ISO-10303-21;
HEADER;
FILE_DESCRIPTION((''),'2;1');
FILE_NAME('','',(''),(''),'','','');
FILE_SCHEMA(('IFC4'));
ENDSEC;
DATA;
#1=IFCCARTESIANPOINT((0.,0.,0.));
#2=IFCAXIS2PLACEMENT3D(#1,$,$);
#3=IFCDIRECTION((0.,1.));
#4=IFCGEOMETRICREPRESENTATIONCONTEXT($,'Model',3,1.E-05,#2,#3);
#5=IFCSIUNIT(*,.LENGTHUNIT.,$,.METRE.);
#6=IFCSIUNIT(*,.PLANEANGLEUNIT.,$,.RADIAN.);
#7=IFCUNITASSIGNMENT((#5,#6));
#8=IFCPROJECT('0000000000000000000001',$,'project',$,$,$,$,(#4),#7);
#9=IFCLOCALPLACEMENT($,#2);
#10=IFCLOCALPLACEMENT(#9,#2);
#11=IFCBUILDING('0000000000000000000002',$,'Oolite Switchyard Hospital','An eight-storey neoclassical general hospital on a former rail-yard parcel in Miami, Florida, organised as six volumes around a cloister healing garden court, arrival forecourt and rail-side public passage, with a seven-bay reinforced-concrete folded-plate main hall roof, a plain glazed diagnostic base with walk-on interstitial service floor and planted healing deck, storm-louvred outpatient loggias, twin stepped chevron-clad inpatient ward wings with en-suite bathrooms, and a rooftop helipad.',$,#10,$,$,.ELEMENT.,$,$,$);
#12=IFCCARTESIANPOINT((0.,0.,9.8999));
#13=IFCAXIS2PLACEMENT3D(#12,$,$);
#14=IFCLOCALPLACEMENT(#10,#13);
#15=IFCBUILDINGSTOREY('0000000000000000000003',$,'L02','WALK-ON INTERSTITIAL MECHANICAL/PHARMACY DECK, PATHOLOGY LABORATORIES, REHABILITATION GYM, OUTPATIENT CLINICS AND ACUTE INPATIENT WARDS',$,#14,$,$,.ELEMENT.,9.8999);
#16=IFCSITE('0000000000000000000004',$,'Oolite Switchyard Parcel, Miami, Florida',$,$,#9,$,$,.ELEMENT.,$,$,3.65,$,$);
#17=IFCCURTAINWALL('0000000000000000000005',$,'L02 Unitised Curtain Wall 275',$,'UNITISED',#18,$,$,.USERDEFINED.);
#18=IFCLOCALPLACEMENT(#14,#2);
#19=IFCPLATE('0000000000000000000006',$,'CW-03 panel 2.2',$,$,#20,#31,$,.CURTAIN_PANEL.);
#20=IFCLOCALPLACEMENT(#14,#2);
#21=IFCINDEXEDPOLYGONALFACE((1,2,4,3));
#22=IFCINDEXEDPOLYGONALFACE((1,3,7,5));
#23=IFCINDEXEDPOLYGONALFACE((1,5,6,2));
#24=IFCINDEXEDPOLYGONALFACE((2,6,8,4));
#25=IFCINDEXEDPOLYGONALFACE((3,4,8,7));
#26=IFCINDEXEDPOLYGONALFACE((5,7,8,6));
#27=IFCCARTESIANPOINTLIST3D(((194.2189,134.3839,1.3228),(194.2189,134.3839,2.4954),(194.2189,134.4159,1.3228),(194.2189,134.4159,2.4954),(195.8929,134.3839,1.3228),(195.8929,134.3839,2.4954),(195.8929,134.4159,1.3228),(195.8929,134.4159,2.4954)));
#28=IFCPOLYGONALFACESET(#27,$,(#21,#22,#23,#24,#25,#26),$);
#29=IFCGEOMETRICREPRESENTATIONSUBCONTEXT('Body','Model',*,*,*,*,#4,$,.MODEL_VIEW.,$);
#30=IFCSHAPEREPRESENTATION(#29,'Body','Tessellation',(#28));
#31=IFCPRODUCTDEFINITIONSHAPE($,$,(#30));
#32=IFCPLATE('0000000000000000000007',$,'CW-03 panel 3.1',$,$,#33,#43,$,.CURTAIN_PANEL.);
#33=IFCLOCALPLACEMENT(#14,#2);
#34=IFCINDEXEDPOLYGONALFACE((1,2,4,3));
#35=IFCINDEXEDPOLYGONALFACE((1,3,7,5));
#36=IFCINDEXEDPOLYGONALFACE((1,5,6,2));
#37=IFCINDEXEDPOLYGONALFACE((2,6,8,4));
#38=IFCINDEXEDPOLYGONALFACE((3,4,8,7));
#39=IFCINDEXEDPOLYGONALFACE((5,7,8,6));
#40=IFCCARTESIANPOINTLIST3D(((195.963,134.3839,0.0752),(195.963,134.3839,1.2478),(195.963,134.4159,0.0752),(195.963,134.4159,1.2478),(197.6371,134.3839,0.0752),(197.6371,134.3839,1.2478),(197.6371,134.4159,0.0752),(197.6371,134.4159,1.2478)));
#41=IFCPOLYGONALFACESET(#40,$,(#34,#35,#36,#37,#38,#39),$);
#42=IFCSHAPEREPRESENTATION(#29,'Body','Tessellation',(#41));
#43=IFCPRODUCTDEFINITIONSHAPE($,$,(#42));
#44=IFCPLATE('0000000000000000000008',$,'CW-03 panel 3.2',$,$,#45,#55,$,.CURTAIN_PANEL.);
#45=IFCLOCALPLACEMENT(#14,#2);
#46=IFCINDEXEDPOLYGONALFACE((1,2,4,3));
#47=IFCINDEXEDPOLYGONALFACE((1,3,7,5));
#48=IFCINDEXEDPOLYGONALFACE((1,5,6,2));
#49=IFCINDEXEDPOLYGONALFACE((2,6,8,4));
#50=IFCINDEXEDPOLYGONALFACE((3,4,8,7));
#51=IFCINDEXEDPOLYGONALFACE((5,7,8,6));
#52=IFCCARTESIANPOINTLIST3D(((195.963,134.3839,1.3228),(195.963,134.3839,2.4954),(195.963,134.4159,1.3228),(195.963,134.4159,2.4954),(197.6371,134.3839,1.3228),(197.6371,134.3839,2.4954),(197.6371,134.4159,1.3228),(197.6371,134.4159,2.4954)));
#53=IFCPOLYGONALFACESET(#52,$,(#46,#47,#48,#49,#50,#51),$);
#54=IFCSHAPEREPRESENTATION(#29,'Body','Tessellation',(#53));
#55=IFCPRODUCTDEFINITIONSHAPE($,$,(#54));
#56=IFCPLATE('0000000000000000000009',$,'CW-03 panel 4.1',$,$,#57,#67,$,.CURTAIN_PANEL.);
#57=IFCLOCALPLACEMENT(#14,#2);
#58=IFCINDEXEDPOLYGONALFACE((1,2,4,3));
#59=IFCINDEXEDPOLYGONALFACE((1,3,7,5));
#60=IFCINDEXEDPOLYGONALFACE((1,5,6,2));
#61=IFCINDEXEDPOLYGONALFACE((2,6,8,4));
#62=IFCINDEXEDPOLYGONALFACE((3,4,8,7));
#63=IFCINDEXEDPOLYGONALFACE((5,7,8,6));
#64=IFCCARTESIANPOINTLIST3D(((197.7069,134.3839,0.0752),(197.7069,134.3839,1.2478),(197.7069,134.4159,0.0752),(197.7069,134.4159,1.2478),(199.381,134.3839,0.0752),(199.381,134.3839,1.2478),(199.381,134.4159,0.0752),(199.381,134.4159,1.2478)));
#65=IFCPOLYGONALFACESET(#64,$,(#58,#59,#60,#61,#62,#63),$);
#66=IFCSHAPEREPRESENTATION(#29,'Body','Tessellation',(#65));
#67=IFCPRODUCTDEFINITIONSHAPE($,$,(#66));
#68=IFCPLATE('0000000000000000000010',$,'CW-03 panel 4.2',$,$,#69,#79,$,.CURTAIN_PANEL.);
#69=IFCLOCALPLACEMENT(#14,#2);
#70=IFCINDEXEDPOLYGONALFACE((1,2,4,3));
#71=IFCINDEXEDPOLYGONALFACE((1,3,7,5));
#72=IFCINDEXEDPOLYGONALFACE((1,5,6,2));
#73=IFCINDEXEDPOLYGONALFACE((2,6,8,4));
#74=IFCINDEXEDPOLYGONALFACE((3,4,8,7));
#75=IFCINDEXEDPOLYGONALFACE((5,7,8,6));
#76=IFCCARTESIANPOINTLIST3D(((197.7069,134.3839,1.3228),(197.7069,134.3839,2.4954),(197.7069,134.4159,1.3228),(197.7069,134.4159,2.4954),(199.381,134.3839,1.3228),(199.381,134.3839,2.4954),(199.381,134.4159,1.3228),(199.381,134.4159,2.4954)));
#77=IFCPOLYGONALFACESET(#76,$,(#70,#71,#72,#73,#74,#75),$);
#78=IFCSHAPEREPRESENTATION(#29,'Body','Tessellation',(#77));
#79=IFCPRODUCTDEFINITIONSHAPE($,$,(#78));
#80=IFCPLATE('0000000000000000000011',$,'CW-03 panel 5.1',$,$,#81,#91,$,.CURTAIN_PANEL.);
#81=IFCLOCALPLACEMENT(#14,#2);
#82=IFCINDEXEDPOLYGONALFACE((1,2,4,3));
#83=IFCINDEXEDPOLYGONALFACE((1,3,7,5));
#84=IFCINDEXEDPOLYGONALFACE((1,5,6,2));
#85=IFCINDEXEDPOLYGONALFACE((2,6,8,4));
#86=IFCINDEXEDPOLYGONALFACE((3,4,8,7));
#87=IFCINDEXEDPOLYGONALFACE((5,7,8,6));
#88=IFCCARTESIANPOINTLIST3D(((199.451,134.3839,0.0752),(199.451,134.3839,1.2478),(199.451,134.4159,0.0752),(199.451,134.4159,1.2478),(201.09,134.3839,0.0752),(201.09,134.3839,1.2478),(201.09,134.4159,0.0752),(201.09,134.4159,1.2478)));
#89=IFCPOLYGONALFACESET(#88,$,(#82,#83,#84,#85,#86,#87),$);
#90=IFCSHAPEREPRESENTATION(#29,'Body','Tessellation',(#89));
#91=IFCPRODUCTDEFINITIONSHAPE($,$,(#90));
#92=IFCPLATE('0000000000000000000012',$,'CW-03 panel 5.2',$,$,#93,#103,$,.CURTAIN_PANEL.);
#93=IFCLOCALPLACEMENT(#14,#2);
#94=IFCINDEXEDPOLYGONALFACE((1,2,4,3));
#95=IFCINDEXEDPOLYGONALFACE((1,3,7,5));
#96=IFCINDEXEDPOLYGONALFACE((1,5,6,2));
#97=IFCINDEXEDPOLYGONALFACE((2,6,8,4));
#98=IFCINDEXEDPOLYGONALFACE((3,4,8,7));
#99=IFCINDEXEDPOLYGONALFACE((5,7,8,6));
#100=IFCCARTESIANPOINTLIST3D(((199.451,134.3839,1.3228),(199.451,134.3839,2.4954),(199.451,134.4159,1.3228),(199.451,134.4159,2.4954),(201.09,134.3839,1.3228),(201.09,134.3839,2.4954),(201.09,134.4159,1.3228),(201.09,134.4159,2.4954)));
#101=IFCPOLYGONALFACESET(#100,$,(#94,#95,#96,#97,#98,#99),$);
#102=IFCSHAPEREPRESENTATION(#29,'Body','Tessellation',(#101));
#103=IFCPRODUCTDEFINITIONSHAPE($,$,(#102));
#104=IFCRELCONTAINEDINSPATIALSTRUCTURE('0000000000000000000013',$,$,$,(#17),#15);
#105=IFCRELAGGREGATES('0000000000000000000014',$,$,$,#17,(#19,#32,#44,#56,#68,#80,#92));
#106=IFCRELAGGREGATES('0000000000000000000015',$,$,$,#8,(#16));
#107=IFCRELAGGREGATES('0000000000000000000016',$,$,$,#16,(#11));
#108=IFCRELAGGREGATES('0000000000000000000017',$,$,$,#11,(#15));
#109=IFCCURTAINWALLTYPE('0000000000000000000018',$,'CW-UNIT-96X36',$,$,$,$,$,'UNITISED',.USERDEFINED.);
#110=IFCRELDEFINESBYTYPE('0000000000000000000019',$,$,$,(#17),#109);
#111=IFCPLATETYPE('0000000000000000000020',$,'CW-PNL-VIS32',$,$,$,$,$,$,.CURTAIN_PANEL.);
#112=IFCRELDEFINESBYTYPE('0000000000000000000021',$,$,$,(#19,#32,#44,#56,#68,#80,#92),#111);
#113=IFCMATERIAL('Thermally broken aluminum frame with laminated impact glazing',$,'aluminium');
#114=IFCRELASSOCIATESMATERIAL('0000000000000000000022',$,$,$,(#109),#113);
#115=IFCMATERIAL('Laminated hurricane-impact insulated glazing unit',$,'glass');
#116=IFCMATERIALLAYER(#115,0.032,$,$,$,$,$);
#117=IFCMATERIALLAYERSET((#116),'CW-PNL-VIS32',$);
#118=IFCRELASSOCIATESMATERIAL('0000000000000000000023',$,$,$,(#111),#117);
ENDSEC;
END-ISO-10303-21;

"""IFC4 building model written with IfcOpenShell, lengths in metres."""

from ifc_helpers import new_model, si_unit, direction, frame, origin, origin_2d, place, context, subcontext, project, spatial, rectangle, extrude, material, layer, layer_set, type_object, element, aggregate, save


model = new_model("IFC4")

# Units and contexts
model_context = context("Model", 3, precision=1e-05, world=origin(), true_north=direction((0.0, 1.0)))
body_context = subcontext(model_context, "Body", "Model", "MODEL_VIEW")
ifc_project = project(units=[si_unit("LENGTHUNIT", "METRE"), si_unit("PLANEANGLEUNIT", "RADIAN")], contexts=[model_context])

# Site, building, storey
site_placement = place(None, origin())
site = spatial("IfcSite", under=ifc_project, at=site_placement, Name="Oolite Switchyard Parcel, Miami, Florida", CompositionType="ELEMENT", RefElevation=3.65)
building_placement = place(site_placement, origin())
building = spatial("IfcBuilding", under=site, at=building_placement, Name="Oolite Switchyard Hospital", Description="An eight-storey neoclassical general hospital on a former rail-yard parcel in Miami, Florida, organised as six volumes around a cloister healing garden court, arrival forecourt and rail-side public passage, with a seven-bay reinforced-concrete folded-plate main hall roof, a plain glazed diagnostic base with walk-on interstitial service floor and planted healing deck, storm-louvred outpatient loggias, twin stepped chevron-clad inpatient ward wings with en-suite bathrooms, and a rooftop helipad.", CompositionType="ELEMENT")
storey_placement = place(building_placement, frame((0.0, 0.0, 9.8999)))
storey = spatial("IfcBuildingStorey", under=building, at=storey_placement, Name="L02", Description="WALK-ON INTERSTITIAL MECHANICAL/PHARMACY DECK, PATHOLOGY LABORATORIES, REHABILITATION GYM, OUTPATIENT CLINICS AND ACUTE INPATIENT WARDS", CompositionType="ELEMENT", Elevation=9.8999)

# Curtain wall, plates
ifc_material_1 = material(Name="Thermally broken aluminum frame with laminated impact glazing", Category="aluminium")
curtain_wall_type = type_object("IfcCurtainWallType", Name="CW-UNIT-96X36", ElementType="UNITISED", PredefinedType="USERDEFINED", material=ifc_material_1)
curtain_wall_placement = place(storey_placement, origin())
curtain_wall = element("IfcCurtainWall", 1, at=curtain_wall_placement, inside=storey, type_object=curtain_wall_type, Name="L02 Unitised Curtain Wall 275", ObjectType="UNITISED", PredefinedType="USERDEFINED")
ifc_material_2 = material(Name="Laminated hurricane-impact insulated glazing unit", Category="glass")
ifc_layer = layer(ifc_material_2, 0.032)
ifc_layer_set = layer_set([ifc_layer], Name="CW-PNL-VIS32")
plate_type = type_object("IfcPlateType", Name="CW-PNL-VIS32", PredefinedType="CURTAIN_PANEL", material=ifc_layer_set)
plate_1_placement = place(storey_placement, frame((195.0559, 134.3999, 1.3228), z_axis=(0.0, 0.0, 1.0), x_axis=(1.0, 0.0, 0.0)))
plate_1 = element("IfcPlate", 2, at=plate_1_placement, type_object=plate_type, Name="CW-03 panel 2.2", PredefinedType="CURTAIN_PANEL", context=body_context, shape_type="SweptSolid", body=[
    extrude(rectangle(XDim=1.6741, YDim=0.032, at=origin_2d()), origin(), (0.0, 0.0, 1.0), 1.1726),
])
plate_2_placement = place(storey_placement, frame((196.8, 134.3999, 0.0752), z_axis=(0.0, 0.0, 1.0), x_axis=(1.0, 0.0, 0.0)))
plate_2 = element("IfcPlate", 3, at=plate_2_placement, type_object=plate_type, Name="CW-03 panel 3.1", PredefinedType="CURTAIN_PANEL", context=body_context, shape_type="SweptSolid", body=[
    extrude(rectangle(XDim=1.6741, YDim=0.032, at=origin_2d()), origin(), (0.0, 0.0, 1.0), 1.1726),
])
plate_3_placement = place(storey_placement, frame((196.8, 134.3999, 1.3228), z_axis=(0.0, 0.0, 1.0), x_axis=(1.0, 0.0, 0.0)))
plate_3 = element("IfcPlate", 4, at=plate_3_placement, type_object=plate_type, Name="CW-03 panel 3.2", PredefinedType="CURTAIN_PANEL", context=body_context, shape_type="SweptSolid", body=[
    extrude(rectangle(XDim=1.6741, YDim=0.032, at=origin_2d()), origin(), (0.0, 0.0, 1.0), 1.1726),
])
plate_4_placement = place(storey_placement, frame((198.5439, 134.3999, 0.0752), z_axis=(0.0, 0.0, 1.0), x_axis=(1.0, 0.0, 0.0)))
plate_4 = element("IfcPlate", 5, at=plate_4_placement, type_object=plate_type, Name="CW-03 panel 4.1", PredefinedType="CURTAIN_PANEL", context=body_context, shape_type="SweptSolid", body=[
    extrude(rectangle(XDim=1.6741, YDim=0.032, at=origin_2d()), origin(), (0.0, 0.0, 1.0), 1.1726),
])
plate_5_placement = place(storey_placement, frame((198.5439, 134.3999, 1.3228), z_axis=(0.0, 0.0, 1.0), x_axis=(1.0, 0.0, 0.0)))
plate_5 = element("IfcPlate", 6, at=plate_5_placement, type_object=plate_type, Name="CW-03 panel 4.2", PredefinedType="CURTAIN_PANEL", context=body_context, shape_type="SweptSolid", body=[
    extrude(rectangle(XDim=1.6741, YDim=0.032, at=origin_2d()), origin(), (0.0, 0.0, 1.0), 1.1726),
])
plate_6_placement = place(storey_placement, frame((200.2705, 134.3999, 0.0752), z_axis=(0.0, 0.0, 1.0), x_axis=(1.0, 0.0, 0.0)))
plate_6 = element("IfcPlate", 7, at=plate_6_placement, type_object=plate_type, Name="CW-03 panel 5.1", PredefinedType="CURTAIN_PANEL", context=body_context, shape_type="SweptSolid", body=[
    extrude(rectangle(XDim=1.6389, YDim=0.032, at=origin_2d()), origin(), (0.0, 0.0, 1.0), 1.1726),
])
plate_7_placement = place(storey_placement, frame((200.2705, 134.3999, 1.3228), z_axis=(0.0, 0.0, 1.0), x_axis=(1.0, 0.0, 0.0)))
plate_7 = element("IfcPlate", 8, at=plate_7_placement, type_object=plate_type, Name="CW-03 panel 5.2", PredefinedType="CURTAIN_PANEL", context=body_context, shape_type="SweptSolid", body=[
    extrude(rectangle(XDim=1.6389, YDim=0.032, at=origin_2d()), origin(), (0.0, 0.0, 1.0), 1.1726),
])
aggregate(curtain_wall, [plate_1, plate_2, plate_3, plate_4, plate_5, plate_6, plate_7])

save(model, "model.ifc")
